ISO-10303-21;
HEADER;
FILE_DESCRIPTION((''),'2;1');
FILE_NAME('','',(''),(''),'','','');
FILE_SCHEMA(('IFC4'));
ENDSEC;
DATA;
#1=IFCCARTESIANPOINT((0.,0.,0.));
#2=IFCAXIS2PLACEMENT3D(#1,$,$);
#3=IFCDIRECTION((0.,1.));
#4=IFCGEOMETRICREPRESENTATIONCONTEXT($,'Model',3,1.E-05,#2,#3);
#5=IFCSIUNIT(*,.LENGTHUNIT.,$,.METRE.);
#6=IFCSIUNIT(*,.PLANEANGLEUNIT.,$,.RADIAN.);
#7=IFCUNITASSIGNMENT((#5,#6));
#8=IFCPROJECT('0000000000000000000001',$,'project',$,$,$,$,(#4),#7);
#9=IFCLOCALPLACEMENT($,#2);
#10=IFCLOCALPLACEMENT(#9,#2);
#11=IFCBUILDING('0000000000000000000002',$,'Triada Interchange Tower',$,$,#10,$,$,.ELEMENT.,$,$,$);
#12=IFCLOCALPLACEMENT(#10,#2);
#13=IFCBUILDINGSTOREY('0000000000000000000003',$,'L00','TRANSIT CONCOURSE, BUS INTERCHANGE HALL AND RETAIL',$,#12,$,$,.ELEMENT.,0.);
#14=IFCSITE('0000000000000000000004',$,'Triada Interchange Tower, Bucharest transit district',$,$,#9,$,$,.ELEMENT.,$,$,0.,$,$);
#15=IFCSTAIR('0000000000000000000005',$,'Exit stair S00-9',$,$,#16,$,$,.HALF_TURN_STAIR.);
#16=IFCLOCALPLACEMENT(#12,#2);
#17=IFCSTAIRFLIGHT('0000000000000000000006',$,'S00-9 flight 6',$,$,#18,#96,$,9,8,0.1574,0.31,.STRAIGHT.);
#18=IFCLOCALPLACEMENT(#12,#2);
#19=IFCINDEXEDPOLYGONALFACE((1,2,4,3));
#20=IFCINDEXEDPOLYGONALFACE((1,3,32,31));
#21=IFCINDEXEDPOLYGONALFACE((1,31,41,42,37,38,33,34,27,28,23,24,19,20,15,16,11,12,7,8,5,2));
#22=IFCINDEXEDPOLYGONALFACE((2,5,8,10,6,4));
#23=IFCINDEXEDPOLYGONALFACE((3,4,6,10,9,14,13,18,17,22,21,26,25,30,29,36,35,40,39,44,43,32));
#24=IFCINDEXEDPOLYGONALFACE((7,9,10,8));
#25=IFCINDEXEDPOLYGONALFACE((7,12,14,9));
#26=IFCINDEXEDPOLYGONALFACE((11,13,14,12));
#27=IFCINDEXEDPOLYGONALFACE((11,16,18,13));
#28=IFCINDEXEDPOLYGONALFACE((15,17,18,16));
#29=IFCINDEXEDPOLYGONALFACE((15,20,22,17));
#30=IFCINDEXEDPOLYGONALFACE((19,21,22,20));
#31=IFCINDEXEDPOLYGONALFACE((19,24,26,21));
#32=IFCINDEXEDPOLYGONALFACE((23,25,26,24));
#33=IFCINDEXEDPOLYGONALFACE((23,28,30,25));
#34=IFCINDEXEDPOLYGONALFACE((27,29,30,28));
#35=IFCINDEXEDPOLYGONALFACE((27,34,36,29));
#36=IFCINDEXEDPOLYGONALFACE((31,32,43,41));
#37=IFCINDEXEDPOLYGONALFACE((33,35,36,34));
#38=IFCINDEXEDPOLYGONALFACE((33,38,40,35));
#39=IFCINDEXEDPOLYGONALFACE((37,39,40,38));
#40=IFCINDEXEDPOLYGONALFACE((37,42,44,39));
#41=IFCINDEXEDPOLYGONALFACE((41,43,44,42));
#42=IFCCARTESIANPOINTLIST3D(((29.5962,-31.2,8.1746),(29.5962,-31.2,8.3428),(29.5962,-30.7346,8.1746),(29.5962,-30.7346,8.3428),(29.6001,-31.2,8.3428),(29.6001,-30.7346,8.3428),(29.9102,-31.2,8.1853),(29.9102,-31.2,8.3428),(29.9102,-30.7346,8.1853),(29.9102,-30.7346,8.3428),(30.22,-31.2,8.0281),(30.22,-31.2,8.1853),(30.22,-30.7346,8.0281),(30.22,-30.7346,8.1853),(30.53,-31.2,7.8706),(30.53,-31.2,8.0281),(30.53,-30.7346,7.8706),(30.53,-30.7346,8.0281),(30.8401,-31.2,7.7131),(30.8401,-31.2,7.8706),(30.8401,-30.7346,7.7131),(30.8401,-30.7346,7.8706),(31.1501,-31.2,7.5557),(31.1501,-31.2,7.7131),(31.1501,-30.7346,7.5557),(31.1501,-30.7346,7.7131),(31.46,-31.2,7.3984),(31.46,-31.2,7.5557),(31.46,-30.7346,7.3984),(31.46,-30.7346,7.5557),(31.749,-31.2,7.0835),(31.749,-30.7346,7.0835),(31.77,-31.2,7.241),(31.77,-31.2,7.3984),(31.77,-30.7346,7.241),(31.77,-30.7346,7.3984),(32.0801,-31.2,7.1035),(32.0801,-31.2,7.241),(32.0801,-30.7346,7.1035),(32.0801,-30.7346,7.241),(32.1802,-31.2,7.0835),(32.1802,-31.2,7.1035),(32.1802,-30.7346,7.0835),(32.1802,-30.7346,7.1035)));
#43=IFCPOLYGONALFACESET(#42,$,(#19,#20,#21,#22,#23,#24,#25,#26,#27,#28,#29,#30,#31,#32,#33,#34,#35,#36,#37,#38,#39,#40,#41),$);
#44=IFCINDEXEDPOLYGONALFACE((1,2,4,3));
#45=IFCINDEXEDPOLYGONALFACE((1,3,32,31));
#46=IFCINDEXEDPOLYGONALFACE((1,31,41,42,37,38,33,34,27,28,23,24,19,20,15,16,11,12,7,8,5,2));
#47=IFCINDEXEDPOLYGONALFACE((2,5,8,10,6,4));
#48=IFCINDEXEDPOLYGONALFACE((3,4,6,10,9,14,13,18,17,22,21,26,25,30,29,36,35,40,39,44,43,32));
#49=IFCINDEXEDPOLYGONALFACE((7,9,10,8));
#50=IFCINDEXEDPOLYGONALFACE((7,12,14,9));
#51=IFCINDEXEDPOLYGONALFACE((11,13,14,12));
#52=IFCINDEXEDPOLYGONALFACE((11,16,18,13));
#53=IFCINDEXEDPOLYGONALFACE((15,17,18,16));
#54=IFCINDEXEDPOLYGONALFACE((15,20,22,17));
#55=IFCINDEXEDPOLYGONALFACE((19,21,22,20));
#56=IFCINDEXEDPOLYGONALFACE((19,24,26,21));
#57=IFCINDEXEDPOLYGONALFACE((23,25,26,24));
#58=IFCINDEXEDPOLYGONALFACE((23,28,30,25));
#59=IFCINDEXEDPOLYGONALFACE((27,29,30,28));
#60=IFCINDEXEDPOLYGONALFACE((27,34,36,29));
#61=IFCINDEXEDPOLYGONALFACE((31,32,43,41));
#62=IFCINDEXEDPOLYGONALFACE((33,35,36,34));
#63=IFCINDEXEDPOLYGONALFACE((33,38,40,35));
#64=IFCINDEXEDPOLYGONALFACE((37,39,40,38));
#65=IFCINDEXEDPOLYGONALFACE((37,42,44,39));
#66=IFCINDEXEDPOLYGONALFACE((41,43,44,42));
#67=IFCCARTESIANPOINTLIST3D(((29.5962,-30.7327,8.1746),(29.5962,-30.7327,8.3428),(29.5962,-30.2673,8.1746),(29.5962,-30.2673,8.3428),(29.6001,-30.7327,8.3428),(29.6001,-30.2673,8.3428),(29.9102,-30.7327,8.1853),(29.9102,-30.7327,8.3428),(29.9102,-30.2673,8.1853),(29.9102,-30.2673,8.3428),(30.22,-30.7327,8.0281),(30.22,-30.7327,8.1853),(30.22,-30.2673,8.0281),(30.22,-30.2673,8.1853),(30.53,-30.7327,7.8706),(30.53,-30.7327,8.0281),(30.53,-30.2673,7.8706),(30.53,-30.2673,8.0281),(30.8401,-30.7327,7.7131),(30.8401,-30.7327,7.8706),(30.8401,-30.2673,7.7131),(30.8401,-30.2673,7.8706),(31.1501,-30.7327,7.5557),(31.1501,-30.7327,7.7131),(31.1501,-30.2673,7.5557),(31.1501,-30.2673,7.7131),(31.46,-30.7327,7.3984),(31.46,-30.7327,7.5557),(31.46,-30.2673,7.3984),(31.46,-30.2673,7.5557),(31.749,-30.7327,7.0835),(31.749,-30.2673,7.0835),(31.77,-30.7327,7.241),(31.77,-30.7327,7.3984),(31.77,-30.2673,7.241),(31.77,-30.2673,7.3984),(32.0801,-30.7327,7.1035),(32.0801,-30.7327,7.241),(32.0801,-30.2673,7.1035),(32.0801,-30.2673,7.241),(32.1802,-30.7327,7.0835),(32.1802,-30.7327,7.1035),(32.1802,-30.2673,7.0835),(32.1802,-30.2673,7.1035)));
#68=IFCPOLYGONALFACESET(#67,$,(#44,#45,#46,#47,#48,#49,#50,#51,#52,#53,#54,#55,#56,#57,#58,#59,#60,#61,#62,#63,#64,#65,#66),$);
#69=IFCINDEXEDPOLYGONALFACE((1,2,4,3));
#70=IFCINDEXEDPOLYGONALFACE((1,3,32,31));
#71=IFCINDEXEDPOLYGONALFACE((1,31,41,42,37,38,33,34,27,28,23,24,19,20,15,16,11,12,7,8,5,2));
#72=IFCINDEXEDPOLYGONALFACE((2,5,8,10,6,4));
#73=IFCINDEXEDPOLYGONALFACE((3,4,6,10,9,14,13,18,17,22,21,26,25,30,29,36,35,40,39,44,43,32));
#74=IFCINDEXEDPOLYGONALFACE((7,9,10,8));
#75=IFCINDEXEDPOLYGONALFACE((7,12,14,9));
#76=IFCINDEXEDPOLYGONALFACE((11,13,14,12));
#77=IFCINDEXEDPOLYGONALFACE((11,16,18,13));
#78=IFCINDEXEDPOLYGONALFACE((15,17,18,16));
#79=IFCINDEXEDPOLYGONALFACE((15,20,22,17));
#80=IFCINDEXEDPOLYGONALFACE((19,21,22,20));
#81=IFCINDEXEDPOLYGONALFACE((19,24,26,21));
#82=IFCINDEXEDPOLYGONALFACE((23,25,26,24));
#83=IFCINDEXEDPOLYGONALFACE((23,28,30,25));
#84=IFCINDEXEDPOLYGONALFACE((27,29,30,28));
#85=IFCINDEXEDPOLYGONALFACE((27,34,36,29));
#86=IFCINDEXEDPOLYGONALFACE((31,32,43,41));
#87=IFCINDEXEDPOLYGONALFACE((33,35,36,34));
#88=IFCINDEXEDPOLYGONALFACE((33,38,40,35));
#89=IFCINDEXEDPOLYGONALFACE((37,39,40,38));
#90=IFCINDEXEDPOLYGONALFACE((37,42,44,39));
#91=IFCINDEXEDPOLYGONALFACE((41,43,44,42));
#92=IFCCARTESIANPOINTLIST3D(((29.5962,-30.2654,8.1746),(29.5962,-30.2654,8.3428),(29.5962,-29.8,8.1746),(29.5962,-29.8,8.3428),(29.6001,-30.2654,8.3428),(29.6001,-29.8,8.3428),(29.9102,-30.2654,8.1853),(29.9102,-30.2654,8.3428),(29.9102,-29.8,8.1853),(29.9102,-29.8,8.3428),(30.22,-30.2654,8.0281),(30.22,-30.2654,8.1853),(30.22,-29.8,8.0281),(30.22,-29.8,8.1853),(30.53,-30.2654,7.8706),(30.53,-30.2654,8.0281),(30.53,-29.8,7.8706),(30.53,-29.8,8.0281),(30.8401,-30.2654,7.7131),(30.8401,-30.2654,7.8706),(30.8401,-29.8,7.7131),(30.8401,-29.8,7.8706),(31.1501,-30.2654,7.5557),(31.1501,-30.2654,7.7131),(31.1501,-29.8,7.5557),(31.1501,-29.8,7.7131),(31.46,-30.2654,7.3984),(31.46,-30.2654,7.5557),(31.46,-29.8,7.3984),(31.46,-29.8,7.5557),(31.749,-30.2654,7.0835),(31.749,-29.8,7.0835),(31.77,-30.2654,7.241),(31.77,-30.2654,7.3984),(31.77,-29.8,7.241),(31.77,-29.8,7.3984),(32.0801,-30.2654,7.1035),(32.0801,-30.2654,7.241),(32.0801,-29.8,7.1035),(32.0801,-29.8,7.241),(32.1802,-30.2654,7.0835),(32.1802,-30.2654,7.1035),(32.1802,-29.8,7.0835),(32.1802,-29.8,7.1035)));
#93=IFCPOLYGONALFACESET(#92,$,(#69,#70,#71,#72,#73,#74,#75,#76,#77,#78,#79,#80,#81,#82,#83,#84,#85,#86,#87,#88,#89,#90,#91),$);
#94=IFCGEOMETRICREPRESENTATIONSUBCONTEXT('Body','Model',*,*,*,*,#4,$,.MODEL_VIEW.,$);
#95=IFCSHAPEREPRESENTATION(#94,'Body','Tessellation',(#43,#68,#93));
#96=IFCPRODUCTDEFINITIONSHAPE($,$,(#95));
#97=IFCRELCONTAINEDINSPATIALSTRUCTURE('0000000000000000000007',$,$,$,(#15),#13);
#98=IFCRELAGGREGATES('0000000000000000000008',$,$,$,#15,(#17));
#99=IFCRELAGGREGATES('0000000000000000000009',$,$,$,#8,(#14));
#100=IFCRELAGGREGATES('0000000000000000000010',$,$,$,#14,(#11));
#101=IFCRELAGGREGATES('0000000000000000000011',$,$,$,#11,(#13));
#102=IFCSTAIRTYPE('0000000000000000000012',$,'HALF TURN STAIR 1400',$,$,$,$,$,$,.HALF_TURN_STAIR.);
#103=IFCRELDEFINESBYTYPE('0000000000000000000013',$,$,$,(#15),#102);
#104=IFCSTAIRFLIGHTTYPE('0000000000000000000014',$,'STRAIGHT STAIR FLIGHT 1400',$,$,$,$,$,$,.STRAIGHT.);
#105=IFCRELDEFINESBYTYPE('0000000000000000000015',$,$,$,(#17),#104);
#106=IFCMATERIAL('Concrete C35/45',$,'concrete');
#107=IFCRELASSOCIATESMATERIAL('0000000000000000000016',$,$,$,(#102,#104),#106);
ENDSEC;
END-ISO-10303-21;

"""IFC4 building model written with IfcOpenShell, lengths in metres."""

from ifc_helpers import new_model, si_unit, direction, frame, origin, place, context, subcontext, project, spatial, polyline, outline, extrude, material, type_object, element, aggregate, save


model = new_model("IFC4")

# Units and contexts
model_context = context("Model", 3, precision=1e-05, world=origin(), true_north=direction((0.0, 1.0)))
body_context = subcontext(model_context, "Body", "Model", "MODEL_VIEW")
ifc_project = project(units=[si_unit("LENGTHUNIT", "METRE"), si_unit("PLANEANGLEUNIT", "RADIAN")], contexts=[model_context])

# Site, building, storey
site_placement = place(None, origin())
site = spatial("IfcSite", under=ifc_project, at=site_placement, Name="Triada Interchange Tower, Bucharest transit district", CompositionType="ELEMENT", RefElevation=0.0)
building_placement = place(site_placement, origin())
building = spatial("IfcBuilding", under=site, at=building_placement, Name="Triada Interchange Tower", CompositionType="ELEMENT")
storey_placement = place(building_placement, origin())
storey = spatial("IfcBuildingStorey", under=building, at=storey_placement, Name="L00", Description="TRANSIT CONCOURSE, BUS INTERCHANGE HALL AND RETAIL", CompositionType="ELEMENT", Elevation=0.0)

# Stair, stair flight
ifc_material_1 = material(Name="Concrete C35/45", Category="concrete")
stair_type = type_object("IfcStairType", Name="HALF TURN STAIR 1400", PredefinedType="HALF_TURN_STAIR", material=ifc_material_1)
stair_placement = place(storey_placement, origin())
stair = element("IfcStair", 1, at=stair_placement, inside=storey, type_object=stair_type, Name="Exit stair S00-9", PredefinedType="HALF_TURN_STAIR")
stair_flight_type = type_object("IfcStairFlightType", Name="STRAIGHT STAIR FLIGHT 1400", PredefinedType="STRAIGHT", material=ifc_material_1)
stair_flight_1_placement = place(storey_placement, frame((32.0801, -30.5, 7.0835), z_axis=(0.0, 0.0, 1.0), x_axis=(-1.0, 0.0, 0.0)))
stair_flight_1 = element("IfcStairFlight", 2, at=stair_flight_1_placement, type_object=stair_flight_type, Name="S00-9 flight 6", NumberOfRisers=9, NumberOfTreads=8, PredefinedType="STRAIGHT", RiserHeight=0.1574, TreadLength=0.31, context=body_context, shape_type="SweptSolid", body=[
    extrude(outline(polyline([(-0.1001, 0.0), (-0.1001, 0.02), (0.0, 0.02), (0.0, 0.1575), (0.3101, 0.1575), (0.3101, 0.3149), (0.6201, 0.3149), (0.6201, 0.4722), (0.9299, 0.4722), (0.9299, 0.6296), (1.24, 0.6296), (1.24, 0.7871), (1.55, 0.7871), (1.55, 0.9446), (1.8601, 0.9446), (1.8601, 1.1018), (2.1699, 1.1018), (2.1699, 1.2593), (2.48, 1.2593), (2.4839, 1.2593), (2.4839, 1.4167), (2.4839, 1.0911), (0.3311, 0.0), (-0.1001, 0.0)])), frame((0.0, 0.7, 0.0), z_axis=(0.0, -1.0, 0.0), x_axis=(1.0, 0.0, 0.0)), (0.0, 0.0, 1.0), 0.4653),
    extrude(outline(polyline([(-0.1001, 0.0), (-0.1001, 0.02), (0.0, 0.02), (0.0, 0.1575), (0.3101, 0.1575), (0.3101, 0.3149), (0.6201, 0.3149), (0.6201, 0.4722), (0.9299, 0.4722), (0.9299, 0.6296), (1.24, 0.6296), (1.24, 0.7871), (1.55, 0.7871), (1.55, 0.9446), (1.8601, 0.9446), (1.8601, 1.1018), (2.1699, 1.1018), (2.1699, 1.2593), (2.48, 1.2593), (2.4839, 1.2593), (2.4839, 1.4167), (2.4839, 1.0911), (0.3311, 0.0), (-0.1001, 0.0)])), frame((0.0, 0.2327, 0.0), z_axis=(0.0, -1.0, 0.0), x_axis=(1.0, 0.0, 0.0)), (0.0, 0.0, 1.0), 0.4653),
    extrude(outline(polyline([(-0.1001, 0.0), (-0.1001, 0.02), (0.0, 0.02), (0.0, 0.1575), (0.3101, 0.1575), (0.3101, 0.3149), (0.6201, 0.3149), (0.6201, 0.4722), (0.9299, 0.4722), (0.9299, 0.6296), (1.24, 0.6296), (1.24, 0.7871), (1.55, 0.7871), (1.55, 0.9446), (1.8601, 0.9446), (1.8601, 1.1018), (2.1699, 1.1018), (2.1699, 1.2593), (2.48, 1.2593), (2.4839, 1.2593), (2.4839, 1.4167), (2.4839, 1.0911), (0.3311, 0.0), (-0.1001, 0.0)])), frame((0.0, -0.2346, 0.0), z_axis=(0.0, -1.0, 0.0), x_axis=(1.0, 0.0, 0.0)), (0.0, 0.0, 1.0), 0.4653),
])
aggregate(stair, [stair_flight_1])

save(model, "model.ifc")
